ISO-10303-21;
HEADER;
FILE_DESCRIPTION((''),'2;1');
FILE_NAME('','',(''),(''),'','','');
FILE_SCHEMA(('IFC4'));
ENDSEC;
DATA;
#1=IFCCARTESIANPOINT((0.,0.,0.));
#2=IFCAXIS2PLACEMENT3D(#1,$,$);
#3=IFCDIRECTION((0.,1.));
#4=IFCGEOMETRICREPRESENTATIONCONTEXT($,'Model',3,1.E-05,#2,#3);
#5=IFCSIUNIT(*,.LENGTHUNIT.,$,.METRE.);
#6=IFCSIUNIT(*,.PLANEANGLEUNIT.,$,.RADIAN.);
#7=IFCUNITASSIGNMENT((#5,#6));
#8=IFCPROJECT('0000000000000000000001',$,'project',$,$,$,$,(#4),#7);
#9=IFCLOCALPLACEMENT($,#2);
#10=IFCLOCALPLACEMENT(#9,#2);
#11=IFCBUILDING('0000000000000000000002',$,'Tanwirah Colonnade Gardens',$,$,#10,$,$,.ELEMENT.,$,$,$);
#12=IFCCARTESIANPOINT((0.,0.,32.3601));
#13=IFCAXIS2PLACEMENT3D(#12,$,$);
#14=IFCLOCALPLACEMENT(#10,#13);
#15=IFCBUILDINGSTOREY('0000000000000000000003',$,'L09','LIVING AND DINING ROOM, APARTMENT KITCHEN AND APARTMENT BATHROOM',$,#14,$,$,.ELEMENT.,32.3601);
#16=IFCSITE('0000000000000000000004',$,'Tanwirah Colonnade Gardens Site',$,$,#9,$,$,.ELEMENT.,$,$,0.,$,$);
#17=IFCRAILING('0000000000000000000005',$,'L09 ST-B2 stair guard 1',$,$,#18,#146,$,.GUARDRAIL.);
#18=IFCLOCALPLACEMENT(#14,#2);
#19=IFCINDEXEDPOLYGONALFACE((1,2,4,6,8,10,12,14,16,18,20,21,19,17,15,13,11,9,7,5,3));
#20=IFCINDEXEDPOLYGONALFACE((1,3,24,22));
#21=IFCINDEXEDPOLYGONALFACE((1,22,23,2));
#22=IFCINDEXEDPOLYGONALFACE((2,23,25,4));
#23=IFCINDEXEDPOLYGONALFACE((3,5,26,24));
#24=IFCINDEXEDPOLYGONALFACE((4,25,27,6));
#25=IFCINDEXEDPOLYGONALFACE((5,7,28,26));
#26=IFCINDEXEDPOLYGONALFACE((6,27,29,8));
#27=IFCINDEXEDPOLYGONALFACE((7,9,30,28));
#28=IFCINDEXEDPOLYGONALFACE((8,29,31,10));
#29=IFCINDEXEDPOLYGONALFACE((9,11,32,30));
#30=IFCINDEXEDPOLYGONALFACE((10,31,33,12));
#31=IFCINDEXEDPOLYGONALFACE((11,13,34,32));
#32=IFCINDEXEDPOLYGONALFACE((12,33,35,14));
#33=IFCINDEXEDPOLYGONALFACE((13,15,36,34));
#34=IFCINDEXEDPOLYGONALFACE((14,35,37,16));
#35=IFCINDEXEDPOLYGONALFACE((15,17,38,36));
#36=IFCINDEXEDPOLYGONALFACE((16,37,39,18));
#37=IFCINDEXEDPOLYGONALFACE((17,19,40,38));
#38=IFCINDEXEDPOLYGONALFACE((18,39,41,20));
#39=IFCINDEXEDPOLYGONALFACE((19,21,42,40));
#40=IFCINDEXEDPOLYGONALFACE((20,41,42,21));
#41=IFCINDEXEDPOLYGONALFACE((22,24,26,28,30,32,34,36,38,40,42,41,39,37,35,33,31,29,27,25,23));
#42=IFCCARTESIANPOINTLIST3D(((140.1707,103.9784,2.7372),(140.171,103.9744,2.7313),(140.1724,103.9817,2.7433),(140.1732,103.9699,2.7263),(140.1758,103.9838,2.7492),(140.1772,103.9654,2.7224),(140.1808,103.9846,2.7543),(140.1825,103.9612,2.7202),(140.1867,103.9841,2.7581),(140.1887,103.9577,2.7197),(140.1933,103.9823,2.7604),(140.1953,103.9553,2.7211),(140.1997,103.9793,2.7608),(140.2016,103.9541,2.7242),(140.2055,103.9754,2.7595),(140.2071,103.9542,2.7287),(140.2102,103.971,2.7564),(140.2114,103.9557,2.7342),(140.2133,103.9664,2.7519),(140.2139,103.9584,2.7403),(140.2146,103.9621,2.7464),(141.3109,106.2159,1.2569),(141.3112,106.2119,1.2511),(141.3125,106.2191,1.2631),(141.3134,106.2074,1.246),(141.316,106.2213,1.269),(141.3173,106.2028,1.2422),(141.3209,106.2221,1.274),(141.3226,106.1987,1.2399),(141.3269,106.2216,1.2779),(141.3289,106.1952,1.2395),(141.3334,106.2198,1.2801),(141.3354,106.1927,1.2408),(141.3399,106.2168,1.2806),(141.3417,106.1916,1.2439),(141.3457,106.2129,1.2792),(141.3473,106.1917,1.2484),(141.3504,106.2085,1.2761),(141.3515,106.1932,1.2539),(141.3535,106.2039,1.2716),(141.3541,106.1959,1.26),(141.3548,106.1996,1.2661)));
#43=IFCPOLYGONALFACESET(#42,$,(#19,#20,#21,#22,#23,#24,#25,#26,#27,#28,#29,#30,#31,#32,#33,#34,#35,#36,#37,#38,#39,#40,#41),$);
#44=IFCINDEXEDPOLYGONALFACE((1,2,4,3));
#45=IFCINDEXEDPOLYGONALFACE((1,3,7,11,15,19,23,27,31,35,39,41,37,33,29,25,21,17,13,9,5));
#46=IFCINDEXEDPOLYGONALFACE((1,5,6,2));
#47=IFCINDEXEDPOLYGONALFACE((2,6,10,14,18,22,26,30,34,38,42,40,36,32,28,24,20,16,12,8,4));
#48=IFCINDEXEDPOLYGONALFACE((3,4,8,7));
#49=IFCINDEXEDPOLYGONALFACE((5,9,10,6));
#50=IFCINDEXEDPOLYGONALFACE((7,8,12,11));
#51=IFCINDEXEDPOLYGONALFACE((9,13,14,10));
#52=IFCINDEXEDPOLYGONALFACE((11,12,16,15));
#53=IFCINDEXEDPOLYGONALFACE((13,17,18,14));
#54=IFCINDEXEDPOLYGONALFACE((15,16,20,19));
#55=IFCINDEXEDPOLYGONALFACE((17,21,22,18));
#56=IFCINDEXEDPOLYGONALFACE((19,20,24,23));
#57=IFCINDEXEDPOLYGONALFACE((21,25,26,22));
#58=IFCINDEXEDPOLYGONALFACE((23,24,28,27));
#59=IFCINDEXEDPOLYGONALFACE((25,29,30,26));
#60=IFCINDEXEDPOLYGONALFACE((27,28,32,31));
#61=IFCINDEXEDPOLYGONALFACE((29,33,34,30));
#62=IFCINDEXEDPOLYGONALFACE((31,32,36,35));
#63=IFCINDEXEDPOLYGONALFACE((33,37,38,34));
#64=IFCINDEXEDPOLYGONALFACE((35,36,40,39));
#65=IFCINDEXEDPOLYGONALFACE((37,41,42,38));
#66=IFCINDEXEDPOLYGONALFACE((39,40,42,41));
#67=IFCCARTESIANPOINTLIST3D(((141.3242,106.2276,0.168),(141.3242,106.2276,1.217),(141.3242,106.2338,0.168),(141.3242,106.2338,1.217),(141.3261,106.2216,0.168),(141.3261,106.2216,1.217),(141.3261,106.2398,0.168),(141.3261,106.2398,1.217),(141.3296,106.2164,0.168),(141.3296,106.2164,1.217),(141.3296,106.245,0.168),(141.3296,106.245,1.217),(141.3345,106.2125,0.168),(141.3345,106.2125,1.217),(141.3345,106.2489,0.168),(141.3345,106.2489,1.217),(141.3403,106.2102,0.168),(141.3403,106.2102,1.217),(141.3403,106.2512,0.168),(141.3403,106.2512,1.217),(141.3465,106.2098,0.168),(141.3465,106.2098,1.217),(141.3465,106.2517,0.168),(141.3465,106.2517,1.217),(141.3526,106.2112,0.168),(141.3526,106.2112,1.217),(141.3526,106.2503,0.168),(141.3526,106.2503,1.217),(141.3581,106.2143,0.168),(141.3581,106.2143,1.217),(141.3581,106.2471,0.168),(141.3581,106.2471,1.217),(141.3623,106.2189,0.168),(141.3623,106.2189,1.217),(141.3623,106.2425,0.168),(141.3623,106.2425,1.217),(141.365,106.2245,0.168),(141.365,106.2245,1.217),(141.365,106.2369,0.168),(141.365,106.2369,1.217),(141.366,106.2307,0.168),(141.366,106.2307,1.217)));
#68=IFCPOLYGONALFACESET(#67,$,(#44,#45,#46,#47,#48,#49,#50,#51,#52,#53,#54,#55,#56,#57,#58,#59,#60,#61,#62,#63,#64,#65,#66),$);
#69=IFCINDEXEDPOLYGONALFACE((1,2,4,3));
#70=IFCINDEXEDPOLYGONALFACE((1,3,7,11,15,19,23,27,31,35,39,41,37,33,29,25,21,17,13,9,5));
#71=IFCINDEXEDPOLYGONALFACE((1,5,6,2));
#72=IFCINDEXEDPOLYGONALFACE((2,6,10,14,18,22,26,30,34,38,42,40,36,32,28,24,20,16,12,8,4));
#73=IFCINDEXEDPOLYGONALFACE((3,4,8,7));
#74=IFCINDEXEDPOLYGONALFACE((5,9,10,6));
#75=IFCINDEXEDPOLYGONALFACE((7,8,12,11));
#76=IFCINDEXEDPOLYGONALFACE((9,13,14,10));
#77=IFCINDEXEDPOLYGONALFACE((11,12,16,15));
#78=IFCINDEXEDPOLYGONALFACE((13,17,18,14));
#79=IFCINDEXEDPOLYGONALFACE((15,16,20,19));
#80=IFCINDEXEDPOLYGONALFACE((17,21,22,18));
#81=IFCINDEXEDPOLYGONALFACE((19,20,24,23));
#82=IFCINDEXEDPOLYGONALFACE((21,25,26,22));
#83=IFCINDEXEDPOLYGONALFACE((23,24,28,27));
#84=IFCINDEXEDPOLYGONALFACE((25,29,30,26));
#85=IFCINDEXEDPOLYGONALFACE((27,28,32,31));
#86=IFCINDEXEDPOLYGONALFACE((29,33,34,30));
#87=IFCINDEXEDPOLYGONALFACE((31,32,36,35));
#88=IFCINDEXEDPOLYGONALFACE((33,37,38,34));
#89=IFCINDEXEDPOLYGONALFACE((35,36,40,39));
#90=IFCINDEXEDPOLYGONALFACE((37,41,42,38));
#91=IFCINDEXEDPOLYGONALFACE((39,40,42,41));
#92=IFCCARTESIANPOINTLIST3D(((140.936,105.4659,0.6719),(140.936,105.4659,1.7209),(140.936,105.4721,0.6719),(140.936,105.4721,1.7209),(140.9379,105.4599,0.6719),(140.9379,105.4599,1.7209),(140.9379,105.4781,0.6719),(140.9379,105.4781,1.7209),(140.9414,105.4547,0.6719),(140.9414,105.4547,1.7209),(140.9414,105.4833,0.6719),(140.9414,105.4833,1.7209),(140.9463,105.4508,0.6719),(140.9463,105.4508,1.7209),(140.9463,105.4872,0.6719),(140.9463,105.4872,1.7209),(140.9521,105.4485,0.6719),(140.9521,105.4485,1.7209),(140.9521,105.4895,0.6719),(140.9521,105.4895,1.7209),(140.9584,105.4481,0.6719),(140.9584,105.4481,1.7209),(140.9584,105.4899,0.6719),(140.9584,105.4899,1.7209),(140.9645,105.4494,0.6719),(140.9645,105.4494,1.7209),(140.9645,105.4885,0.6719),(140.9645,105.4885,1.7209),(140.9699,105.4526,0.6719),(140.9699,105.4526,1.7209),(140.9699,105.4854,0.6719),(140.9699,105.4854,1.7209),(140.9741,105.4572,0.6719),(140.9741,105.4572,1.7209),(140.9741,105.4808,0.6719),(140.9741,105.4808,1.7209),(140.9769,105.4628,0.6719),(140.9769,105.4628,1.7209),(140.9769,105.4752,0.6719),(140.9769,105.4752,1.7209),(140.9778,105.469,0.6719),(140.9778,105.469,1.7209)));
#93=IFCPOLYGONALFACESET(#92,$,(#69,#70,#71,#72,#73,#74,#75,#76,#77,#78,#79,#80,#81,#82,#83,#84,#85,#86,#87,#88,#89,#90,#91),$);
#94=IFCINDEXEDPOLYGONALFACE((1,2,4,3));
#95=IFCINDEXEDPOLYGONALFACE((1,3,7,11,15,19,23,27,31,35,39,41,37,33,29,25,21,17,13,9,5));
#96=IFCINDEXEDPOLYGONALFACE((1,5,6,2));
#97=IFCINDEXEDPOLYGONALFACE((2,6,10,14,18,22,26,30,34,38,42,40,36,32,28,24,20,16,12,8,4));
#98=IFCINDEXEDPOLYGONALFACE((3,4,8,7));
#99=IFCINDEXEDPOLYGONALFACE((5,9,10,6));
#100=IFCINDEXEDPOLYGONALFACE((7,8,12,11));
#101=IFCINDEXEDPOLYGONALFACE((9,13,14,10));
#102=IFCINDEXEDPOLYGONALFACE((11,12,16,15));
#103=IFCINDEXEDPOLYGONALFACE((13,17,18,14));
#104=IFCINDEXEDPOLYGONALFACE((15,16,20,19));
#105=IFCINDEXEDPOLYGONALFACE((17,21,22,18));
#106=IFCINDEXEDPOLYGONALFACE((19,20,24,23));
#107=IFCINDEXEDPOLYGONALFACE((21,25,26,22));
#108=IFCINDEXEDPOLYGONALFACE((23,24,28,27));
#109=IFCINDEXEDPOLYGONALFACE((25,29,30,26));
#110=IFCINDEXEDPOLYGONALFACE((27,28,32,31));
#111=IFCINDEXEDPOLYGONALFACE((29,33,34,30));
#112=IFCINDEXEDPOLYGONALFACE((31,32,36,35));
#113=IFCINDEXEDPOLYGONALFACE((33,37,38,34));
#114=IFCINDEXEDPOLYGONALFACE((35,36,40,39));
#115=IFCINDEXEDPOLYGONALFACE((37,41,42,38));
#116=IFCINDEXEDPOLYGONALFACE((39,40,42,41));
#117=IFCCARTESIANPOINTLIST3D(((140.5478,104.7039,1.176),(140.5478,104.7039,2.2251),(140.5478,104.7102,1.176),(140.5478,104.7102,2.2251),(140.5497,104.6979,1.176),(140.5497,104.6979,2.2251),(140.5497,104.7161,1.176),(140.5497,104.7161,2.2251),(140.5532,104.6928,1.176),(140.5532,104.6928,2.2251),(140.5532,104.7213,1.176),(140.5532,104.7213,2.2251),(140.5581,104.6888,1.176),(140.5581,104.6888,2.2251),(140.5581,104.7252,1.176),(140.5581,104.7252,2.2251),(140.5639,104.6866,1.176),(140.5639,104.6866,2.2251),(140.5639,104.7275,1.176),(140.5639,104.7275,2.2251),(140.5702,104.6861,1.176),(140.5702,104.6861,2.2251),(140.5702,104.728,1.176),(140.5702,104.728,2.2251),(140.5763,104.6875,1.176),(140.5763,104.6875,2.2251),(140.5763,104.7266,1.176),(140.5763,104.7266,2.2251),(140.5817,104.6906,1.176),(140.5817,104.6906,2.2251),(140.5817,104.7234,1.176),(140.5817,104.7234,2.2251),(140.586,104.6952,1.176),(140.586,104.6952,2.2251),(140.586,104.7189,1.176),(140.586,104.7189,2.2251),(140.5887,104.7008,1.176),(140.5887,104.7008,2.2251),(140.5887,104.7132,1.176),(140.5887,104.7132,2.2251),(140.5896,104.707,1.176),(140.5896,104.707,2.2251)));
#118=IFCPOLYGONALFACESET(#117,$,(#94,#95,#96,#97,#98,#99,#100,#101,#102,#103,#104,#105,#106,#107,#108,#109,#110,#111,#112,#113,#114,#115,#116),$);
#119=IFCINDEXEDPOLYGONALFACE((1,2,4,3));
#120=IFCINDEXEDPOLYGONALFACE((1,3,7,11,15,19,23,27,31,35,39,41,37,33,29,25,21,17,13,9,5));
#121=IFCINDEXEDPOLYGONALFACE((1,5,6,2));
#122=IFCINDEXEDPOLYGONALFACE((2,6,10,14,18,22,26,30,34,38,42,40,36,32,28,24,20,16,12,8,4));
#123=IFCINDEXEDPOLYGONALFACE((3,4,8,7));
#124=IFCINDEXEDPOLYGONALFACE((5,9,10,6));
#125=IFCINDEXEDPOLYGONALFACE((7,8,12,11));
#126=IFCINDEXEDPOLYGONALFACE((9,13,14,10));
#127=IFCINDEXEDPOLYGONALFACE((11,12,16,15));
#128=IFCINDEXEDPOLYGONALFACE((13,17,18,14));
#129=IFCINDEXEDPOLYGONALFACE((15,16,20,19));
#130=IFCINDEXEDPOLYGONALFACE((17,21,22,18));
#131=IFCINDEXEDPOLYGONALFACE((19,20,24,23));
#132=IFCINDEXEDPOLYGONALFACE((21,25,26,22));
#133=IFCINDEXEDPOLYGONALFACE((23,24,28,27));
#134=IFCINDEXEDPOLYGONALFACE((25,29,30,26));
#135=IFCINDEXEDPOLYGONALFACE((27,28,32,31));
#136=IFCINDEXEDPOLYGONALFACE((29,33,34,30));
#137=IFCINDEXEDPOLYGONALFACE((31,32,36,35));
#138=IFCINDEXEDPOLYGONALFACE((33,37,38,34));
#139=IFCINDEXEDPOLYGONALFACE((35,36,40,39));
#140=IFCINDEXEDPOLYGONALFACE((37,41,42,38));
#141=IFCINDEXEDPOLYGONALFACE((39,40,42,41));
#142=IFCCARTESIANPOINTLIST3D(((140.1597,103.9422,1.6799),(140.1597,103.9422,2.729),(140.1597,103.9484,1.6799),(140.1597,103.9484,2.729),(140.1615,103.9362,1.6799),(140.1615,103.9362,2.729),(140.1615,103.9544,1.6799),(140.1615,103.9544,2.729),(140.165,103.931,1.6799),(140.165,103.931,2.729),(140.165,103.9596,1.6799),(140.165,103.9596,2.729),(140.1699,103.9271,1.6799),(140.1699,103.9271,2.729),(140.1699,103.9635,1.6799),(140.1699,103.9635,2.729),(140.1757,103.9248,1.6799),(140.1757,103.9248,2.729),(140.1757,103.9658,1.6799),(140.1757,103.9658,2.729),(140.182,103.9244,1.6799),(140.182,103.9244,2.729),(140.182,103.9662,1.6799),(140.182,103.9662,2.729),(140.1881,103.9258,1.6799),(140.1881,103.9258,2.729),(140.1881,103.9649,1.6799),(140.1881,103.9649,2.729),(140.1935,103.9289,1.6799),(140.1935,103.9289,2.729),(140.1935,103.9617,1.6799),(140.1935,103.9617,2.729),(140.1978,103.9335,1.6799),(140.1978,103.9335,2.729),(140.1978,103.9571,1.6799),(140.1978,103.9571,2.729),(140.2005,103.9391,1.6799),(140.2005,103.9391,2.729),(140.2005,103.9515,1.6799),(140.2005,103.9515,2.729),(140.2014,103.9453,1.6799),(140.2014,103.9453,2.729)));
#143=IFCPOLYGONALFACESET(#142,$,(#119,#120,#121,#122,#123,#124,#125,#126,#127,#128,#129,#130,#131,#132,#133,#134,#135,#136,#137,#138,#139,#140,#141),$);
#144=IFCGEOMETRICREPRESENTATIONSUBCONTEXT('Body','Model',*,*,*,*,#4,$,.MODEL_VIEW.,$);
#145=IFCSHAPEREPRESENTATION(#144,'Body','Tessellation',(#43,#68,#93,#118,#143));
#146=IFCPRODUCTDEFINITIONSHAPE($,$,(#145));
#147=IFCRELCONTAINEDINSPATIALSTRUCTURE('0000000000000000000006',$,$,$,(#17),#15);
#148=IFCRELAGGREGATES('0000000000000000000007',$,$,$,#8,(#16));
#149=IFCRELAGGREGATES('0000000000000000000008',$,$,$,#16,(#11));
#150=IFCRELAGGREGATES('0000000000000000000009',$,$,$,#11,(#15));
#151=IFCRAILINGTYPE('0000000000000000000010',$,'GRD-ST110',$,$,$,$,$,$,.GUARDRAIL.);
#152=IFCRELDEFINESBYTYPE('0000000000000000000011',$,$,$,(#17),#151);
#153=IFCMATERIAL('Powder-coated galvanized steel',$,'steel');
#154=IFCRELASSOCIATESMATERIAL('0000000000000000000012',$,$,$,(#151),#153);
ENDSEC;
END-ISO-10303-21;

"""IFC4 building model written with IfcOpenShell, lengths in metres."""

from ifc_helpers import new_model, si_unit, direction, frame, origin, origin_2d, place, context, subcontext, project, spatial, circle, extrude, material, type_object, element, save


model = new_model("IFC4")

# Units and contexts
model_context = context("Model", 3, precision=1e-05, world=origin(), true_north=direction((0.0, 1.0)))
body_context = subcontext(model_context, "Body", "Model", "MODEL_VIEW")
ifc_project = project(units=[si_unit("LENGTHUNIT", "METRE"), si_unit("PLANEANGLEUNIT", "RADIAN")], contexts=[model_context])

# Site, building, storey
site_placement = place(None, origin())
site = spatial("IfcSite", under=ifc_project, at=site_placement, Name="Tanwirah Colonnade Gardens Site", CompositionType="ELEMENT", RefElevation=0.0)
building_placement = place(site_placement, origin())
building = spatial("IfcBuilding", under=site, at=building_placement, Name="Tanwirah Colonnade Gardens", CompositionType="ELEMENT")
storey_placement = place(building_placement, frame((0.0, 0.0, 32.3601)))
storey = spatial("IfcBuildingStorey", under=building, at=storey_placement, Name="L09", Description="LIVING AND DINING ROOM, APARTMENT KITCHEN AND APARTMENT BATHROOM", CompositionType="ELEMENT", Elevation=32.3601)

# Railing
ifc_material_1 = material(Name="Powder-coated galvanized steel", Category="steel")
railing_type_1 = type_object("IfcRailingType", Name="GRD-ST110", PredefinedType="GUARDRAIL", material=ifc_material_1)
railing_1_placement = place(storey_placement, frame((141.345, 106.2307, 0.168)))
element("IfcRailing", 1, at=railing_1_placement, inside=storey, type_object=railing_type_1, Name="L09 ST-B2 stair guard 1", PredefinedType="GUARDRAIL", context=body_context, shape_type="SweptSolid", body=[
    extrude(circle(Radius=0.0239, at=origin_2d()), frame((-0.0122, -0.0239, 1.092), z_axis=(-0.391122, -0.767567, 0.507803), x_axis=(0.890994, -0.454016, 0.0)), (0.0, 0.0, 1.0), 2.915),
    extrude(circle(Radius=0.021, at=origin_2d()), origin(), (0.0, 0.0, 1.0), 1.0491),
    extrude(circle(Radius=0.021, at=origin_2d()), frame((-0.3882, -0.7617, 0.5039)), (0.0, 0.0, 1.0), 1.0491),
    extrude(circle(Radius=0.021, at=origin_2d()), frame((-0.7764, -1.5237, 1.0081)), (0.0, 0.0, 1.0), 1.0491),
    extrude(circle(Radius=0.021, at=origin_2d()), frame((-1.1646, -2.2854, 1.512)), (0.0, 0.0, 1.0), 1.0491),
])

save(model, "model.ifc")
